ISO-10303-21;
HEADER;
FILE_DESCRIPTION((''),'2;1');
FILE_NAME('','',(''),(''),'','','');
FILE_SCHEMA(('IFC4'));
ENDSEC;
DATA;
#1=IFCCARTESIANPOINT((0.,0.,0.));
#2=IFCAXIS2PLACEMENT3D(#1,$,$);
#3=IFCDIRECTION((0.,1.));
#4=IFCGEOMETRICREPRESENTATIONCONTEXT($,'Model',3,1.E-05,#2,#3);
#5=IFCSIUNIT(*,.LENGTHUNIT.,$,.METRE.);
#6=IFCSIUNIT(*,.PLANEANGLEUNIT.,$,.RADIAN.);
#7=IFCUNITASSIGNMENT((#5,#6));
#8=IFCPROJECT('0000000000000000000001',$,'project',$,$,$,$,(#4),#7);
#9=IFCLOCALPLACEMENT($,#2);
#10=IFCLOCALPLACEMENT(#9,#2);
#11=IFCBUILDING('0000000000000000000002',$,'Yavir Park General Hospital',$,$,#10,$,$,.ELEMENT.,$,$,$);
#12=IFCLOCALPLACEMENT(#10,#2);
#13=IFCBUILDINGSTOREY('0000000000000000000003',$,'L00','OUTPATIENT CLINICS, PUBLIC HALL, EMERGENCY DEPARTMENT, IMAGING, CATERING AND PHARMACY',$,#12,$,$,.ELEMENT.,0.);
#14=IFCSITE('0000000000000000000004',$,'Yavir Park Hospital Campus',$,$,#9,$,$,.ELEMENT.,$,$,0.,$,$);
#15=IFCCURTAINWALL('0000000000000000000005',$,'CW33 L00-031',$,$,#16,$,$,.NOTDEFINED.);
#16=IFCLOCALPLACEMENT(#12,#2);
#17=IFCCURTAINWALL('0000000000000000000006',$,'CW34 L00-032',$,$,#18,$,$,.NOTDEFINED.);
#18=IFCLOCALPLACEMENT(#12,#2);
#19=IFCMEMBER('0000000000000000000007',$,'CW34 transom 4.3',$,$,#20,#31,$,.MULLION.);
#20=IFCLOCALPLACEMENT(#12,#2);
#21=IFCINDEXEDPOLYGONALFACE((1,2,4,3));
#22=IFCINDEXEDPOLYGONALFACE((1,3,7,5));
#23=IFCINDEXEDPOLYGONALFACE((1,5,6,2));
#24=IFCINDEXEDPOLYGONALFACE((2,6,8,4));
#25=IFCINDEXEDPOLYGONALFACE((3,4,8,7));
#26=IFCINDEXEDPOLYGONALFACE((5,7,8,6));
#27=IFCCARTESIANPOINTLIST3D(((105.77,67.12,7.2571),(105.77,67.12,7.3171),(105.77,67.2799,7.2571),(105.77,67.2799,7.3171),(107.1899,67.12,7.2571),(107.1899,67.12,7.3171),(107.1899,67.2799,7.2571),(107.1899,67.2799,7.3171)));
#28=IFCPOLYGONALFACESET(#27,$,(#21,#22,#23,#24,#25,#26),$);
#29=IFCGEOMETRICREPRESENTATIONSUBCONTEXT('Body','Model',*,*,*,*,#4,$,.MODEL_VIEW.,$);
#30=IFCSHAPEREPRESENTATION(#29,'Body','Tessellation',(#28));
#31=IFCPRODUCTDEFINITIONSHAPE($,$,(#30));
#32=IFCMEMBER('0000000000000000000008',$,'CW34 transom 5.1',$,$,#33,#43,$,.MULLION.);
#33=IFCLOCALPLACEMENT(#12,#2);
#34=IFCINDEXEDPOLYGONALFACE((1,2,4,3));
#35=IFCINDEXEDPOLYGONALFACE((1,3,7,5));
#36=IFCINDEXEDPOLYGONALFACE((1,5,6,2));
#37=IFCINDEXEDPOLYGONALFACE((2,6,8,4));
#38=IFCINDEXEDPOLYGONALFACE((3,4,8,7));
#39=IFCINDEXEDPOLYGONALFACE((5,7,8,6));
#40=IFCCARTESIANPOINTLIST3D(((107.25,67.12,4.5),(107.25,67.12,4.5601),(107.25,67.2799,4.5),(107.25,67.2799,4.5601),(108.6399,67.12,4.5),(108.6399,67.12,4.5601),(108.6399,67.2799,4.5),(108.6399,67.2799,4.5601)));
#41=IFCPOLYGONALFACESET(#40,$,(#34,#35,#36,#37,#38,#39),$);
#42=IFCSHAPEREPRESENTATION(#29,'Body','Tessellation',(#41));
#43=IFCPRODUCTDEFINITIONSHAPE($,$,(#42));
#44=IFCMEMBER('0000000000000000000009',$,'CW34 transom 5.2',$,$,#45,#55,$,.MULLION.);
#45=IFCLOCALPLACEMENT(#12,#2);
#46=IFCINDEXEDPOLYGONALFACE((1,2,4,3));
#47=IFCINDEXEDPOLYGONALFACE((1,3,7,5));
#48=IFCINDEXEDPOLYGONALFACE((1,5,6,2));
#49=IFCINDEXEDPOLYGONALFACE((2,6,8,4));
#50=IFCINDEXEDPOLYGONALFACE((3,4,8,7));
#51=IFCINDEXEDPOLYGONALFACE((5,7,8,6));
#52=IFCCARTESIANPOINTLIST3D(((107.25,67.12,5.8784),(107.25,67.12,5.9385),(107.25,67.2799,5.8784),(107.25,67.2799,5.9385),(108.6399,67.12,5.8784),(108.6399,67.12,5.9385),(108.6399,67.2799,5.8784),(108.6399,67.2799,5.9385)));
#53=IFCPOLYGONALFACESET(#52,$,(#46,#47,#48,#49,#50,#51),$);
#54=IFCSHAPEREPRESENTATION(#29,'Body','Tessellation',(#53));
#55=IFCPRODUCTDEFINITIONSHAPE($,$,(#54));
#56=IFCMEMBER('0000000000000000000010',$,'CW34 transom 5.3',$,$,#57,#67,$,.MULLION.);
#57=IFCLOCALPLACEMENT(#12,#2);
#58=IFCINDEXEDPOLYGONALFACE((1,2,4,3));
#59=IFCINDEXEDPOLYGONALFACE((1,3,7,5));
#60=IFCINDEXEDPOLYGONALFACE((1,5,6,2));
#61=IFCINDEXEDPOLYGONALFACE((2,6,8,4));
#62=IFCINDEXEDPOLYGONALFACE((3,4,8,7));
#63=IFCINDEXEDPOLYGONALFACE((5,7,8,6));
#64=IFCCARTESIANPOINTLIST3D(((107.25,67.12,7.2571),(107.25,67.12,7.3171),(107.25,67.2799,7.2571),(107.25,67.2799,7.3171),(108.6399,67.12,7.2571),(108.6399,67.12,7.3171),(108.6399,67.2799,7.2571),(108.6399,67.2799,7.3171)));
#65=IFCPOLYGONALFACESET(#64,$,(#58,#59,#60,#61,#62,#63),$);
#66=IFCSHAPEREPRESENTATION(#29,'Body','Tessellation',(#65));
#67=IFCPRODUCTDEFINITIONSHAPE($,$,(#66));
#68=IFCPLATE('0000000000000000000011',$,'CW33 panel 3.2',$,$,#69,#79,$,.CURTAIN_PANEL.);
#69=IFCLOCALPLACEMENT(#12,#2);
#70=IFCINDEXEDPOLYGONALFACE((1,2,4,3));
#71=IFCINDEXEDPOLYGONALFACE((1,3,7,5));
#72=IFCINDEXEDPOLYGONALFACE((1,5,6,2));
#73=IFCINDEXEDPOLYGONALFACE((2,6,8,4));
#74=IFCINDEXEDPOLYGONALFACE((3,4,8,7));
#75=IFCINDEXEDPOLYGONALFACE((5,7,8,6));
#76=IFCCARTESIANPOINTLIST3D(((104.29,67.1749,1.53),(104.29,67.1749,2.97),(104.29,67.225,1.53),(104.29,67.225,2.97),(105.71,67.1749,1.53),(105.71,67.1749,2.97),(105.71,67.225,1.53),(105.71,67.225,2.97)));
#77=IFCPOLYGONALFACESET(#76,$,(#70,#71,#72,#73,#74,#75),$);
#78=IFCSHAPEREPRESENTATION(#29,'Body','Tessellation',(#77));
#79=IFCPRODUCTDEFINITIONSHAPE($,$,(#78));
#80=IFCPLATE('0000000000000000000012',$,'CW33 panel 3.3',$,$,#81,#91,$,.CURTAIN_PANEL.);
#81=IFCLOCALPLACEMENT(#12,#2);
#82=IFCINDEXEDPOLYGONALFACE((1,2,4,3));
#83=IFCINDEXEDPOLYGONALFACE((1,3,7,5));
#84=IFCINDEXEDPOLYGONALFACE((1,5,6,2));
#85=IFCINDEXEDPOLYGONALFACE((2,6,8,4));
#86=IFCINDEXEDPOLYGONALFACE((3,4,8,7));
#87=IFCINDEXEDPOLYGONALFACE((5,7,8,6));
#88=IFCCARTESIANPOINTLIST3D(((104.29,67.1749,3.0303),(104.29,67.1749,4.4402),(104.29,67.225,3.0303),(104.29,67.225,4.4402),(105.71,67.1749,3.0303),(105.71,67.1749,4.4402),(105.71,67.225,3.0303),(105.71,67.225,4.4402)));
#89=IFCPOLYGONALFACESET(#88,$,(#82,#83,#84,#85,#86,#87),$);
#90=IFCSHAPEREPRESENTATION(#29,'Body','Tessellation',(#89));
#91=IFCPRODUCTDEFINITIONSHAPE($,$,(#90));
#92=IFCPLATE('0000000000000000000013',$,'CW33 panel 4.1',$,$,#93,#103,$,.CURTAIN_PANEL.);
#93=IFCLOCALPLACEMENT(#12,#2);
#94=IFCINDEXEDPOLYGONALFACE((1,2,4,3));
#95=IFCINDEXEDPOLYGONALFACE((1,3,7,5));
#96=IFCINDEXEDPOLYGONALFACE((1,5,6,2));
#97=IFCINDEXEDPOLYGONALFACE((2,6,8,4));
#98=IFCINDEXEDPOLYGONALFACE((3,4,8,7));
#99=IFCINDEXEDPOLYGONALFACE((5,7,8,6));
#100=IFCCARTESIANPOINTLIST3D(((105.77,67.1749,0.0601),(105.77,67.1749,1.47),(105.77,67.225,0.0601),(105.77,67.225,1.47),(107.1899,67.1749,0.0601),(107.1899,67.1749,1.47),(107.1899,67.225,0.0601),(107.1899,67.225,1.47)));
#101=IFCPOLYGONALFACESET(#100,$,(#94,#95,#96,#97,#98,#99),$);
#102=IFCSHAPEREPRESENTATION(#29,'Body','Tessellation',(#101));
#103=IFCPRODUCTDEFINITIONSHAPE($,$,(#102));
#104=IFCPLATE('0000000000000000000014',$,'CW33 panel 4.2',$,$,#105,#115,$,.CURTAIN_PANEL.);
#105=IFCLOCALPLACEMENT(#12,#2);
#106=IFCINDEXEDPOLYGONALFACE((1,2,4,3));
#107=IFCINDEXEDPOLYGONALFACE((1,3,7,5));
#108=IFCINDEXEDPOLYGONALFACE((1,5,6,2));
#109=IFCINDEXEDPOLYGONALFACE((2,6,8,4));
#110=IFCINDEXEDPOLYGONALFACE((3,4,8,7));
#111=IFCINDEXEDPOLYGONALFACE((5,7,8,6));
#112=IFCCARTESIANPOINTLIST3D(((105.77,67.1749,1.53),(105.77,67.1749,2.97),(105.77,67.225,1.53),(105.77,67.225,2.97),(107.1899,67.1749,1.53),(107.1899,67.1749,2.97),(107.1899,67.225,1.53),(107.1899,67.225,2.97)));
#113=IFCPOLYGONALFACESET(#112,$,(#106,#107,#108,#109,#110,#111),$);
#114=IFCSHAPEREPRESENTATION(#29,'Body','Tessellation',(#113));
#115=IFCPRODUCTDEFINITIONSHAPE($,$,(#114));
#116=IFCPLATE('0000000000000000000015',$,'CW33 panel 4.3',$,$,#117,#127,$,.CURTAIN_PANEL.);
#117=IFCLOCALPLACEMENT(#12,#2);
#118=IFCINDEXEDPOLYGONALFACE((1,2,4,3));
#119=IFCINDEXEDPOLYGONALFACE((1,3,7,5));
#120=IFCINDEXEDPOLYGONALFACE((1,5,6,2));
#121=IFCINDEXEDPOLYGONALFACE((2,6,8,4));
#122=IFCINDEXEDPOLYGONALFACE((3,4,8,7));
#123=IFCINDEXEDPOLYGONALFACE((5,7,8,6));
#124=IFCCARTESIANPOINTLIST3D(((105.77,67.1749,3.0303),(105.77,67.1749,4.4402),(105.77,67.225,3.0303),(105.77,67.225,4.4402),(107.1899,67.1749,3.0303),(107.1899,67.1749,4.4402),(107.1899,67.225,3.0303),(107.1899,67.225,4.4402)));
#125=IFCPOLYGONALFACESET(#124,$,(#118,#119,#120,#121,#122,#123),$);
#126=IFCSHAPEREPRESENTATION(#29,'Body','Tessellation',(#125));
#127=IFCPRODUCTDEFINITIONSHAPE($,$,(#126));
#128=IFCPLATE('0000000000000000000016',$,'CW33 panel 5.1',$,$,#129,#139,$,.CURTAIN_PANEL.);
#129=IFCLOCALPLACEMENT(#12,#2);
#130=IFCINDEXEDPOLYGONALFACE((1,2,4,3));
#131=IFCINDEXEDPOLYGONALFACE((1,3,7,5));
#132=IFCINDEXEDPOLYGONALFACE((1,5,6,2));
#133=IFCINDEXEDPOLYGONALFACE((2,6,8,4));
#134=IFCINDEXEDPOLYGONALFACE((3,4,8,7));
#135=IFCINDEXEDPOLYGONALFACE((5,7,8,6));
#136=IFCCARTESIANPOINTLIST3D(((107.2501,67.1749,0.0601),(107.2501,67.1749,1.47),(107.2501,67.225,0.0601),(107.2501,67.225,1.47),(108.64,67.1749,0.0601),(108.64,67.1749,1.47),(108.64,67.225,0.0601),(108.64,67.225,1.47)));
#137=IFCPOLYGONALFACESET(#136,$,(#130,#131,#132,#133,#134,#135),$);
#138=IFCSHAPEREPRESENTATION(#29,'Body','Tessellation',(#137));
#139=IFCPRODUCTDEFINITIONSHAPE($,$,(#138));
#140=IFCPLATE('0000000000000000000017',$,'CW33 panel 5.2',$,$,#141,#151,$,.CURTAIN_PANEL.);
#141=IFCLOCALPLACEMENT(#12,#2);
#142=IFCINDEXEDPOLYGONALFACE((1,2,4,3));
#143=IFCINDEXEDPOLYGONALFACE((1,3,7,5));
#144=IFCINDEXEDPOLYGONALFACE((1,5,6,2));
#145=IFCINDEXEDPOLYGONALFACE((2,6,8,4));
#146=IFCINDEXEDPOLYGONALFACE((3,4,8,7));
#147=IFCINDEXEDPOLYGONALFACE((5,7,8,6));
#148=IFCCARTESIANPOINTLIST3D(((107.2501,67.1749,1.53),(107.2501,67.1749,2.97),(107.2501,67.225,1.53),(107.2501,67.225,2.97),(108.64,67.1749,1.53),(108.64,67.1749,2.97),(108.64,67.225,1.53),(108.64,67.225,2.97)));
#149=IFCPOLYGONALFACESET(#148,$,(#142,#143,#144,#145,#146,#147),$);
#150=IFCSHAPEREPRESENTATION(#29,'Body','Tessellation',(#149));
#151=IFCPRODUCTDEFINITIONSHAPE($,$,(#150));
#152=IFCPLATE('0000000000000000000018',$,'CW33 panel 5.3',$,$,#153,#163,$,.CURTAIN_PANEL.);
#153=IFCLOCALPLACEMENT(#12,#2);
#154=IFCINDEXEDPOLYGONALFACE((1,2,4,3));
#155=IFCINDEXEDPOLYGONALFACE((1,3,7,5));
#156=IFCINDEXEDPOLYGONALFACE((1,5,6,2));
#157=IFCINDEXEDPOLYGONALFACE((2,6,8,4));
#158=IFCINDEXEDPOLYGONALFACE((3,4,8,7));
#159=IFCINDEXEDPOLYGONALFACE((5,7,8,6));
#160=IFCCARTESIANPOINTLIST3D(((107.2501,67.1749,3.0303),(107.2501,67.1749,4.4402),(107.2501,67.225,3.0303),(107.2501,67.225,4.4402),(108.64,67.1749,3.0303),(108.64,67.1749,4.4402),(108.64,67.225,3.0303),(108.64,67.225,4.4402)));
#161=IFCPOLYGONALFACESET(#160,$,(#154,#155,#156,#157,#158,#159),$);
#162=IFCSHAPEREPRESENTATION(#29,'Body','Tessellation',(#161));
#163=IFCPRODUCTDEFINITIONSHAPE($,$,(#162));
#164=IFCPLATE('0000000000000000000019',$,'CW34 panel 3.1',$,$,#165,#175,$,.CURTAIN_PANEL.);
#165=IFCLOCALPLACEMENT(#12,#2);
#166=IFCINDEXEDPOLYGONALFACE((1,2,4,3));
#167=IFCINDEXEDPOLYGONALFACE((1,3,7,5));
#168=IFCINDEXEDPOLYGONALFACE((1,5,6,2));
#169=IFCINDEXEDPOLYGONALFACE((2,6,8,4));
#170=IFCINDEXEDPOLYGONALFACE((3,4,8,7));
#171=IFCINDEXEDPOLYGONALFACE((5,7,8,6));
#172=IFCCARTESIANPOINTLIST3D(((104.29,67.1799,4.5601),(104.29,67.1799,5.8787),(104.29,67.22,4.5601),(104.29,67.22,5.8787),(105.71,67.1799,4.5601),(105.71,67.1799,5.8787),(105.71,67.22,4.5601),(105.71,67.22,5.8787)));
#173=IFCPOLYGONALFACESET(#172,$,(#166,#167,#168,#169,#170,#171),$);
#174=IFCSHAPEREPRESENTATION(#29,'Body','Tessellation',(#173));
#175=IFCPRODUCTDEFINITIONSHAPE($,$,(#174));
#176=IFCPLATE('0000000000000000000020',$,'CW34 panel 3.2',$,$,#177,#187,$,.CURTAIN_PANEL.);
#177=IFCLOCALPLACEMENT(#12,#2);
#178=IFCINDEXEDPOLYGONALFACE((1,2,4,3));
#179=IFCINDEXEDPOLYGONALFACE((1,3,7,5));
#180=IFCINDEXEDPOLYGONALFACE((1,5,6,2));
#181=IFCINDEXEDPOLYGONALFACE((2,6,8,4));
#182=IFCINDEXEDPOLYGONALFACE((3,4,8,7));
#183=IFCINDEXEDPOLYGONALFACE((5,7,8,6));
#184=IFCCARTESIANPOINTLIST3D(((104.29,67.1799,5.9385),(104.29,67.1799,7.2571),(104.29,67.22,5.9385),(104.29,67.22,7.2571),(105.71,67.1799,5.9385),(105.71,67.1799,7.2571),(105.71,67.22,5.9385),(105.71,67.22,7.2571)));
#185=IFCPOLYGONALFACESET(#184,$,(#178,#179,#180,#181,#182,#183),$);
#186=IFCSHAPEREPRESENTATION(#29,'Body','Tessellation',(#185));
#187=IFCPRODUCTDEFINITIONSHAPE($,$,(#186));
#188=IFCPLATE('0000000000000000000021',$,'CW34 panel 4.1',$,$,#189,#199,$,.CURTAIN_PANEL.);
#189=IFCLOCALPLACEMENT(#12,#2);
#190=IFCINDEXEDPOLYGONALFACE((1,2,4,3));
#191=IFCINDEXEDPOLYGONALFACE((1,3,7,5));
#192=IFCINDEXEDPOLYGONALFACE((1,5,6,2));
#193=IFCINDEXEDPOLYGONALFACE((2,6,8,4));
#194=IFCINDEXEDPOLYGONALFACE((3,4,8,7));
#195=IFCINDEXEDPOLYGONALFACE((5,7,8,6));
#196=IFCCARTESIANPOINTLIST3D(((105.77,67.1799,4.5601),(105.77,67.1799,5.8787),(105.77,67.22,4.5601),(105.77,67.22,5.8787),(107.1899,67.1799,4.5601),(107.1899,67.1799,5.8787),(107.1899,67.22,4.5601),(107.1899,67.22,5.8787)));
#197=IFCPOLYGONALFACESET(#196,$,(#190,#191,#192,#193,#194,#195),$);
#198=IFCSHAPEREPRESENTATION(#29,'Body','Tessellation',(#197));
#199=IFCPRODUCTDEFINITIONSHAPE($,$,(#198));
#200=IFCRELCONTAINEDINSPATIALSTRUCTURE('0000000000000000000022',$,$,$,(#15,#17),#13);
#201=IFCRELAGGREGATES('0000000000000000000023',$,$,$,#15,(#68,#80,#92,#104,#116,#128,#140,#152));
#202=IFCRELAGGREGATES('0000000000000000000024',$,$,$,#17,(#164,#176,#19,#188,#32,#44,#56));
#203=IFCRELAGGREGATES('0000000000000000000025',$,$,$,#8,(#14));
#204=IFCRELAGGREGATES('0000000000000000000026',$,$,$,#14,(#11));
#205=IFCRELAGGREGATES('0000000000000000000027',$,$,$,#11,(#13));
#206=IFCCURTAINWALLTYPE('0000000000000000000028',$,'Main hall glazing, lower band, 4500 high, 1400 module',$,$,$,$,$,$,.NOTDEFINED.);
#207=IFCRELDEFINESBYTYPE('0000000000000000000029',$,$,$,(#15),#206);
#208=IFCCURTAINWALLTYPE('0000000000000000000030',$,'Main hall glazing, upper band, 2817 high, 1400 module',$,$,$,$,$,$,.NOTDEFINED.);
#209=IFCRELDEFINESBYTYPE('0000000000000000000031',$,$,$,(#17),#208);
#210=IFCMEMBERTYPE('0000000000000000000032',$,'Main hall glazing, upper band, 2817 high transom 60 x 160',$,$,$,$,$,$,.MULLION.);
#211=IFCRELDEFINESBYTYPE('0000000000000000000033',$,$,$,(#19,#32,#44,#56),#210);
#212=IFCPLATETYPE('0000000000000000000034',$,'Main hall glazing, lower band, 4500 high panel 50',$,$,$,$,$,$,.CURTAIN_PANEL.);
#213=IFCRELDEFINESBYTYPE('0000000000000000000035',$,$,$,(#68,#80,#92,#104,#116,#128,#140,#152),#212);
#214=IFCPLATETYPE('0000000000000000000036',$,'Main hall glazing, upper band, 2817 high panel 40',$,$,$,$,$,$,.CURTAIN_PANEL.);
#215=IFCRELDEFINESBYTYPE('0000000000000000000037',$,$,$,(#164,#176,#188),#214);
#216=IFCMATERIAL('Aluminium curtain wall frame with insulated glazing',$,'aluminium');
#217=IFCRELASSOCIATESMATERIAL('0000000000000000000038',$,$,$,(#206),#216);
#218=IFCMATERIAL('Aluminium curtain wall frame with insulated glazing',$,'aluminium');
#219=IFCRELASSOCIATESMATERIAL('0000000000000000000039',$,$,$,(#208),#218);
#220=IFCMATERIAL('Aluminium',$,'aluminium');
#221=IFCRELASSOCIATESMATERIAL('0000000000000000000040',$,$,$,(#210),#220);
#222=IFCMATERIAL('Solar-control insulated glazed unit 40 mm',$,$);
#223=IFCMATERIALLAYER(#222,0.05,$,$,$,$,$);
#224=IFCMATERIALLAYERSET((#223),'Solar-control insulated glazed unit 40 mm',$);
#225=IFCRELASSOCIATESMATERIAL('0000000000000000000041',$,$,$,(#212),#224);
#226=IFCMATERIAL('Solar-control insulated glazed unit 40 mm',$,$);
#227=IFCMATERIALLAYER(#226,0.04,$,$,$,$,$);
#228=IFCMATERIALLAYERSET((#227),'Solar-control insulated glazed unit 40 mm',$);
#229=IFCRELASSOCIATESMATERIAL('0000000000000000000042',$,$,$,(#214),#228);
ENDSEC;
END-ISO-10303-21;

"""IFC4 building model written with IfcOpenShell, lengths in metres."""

from ifc_helpers import new_model, si_unit, direction, frame, origin, origin_2d, place, context, subcontext, project, spatial, rectangle, extrude, material, layer, layer_set, material_profile, profile_set, type_object, element, aggregate, save


model = new_model("IFC4")

# Units and contexts
model_context = context("Model", 3, precision=1e-05, world=origin(), true_north=direction((0.0, 1.0)))
body_context = subcontext(model_context, "Body", "Model", "MODEL_VIEW")
ifc_project = project(units=[si_unit("LENGTHUNIT", "METRE"), si_unit("PLANEANGLEUNIT", "RADIAN")], contexts=[model_context])

# Site, building, storey
site_placement = place(None, origin())
site = spatial("IfcSite", under=ifc_project, at=site_placement, Name="Yavir Park Hospital Campus", CompositionType="ELEMENT", RefElevation=0.0)
building_placement = place(site_placement, origin())
building = spatial("IfcBuilding", under=site, at=building_placement, Name="Yavir Park General Hospital", CompositionType="ELEMENT")
storey_placement = place(building_placement, origin())
storey = spatial("IfcBuildingStorey", under=building, at=storey_placement, Name="L00", Description="OUTPATIENT CLINICS, PUBLIC HALL, EMERGENCY DEPARTMENT, IMAGING, CATERING AND PHARMACY", CompositionType="ELEMENT", Elevation=0.0)

# Curtain walls, members
ifc_material_1 = material(Name="Aluminium curtain wall frame with insulated glazing", Category="aluminium")
curtain_wall_type_1 = type_object("IfcCurtainWallType", Name="Main hall glazing, lower band, 4500 high, 1400 module", PredefinedType="NOTDEFINED", material=ifc_material_1)
curtain_wall_1_placement = place(storey_placement, origin())
curtain_wall_1 = element("IfcCurtainWall", 1, at=curtain_wall_1_placement, inside=storey, type_object=curtain_wall_type_1, Name="CW33 L00-031", PredefinedType="NOTDEFINED")
ifc_material_2 = material(Name="Aluminium curtain wall frame with insulated glazing", Category="aluminium")
curtain_wall_type_2 = type_object("IfcCurtainWallType", Name="Main hall glazing, upper band, 2817 high, 1400 module", PredefinedType="NOTDEFINED", material=ifc_material_2)
curtain_wall_2_placement = place(storey_placement, origin())
curtain_wall_2 = element("IfcCurtainWall", 2, at=curtain_wall_2_placement, inside=storey, type_object=curtain_wall_type_2, Name="CW34 L00-032", PredefinedType="NOTDEFINED")
ifc_material_3 = material(Name="Aluminium", Category="aluminium")
ifc_material_profile_1 = material_profile(ifc_material_3, rectangle(XDim=0.1599, YDim=0.0601, at=origin_2d()), Name="AL 160x60")
ifc_profile_set_1 = profile_set([ifc_material_profile_1], Name="Aluminium")
member_type_1 = type_object("IfcMemberType", Name="Main hall glazing, upper band, 2817 high transom 60 x 160", PredefinedType="MULLION", material=ifc_profile_set_1)
member_1_placement = place(storey_placement, frame((105.77, 67.2, 7.2871), z_axis=(1.0, 0.0, 0.0), x_axis=(0.0, 1.0, 0.0)))
member_1 = element("IfcMember", 3, at=member_1_placement, type_object=member_type_1, Name="CW34 transom 4.3", PredefinedType="MULLION", context=body_context, shape_type="SweptSolid", body=[
    extrude(rectangle(XDim=0.1599, YDim=0.0601, at=origin_2d()), origin(), (0.0, 0.0, 1.0), 1.4199),
])
member_2_placement = place(storey_placement, frame((107.25, 67.2, 4.53), z_axis=(1.0, 0.0, 0.0), x_axis=(0.0, 1.0, 0.0)))
member_2 = element("IfcMember", 4, at=member_2_placement, type_object=member_type_1, Name="CW34 transom 5.1", PredefinedType="MULLION", context=body_context, shape_type="SweptSolid", body=[
    extrude(rectangle(XDim=0.1599, YDim=0.0601, at=origin_2d()), origin(), (0.0, 0.0, 1.0), 1.3899),
])
member_3_placement = place(storey_placement, frame((107.25, 67.2, 5.9084), z_axis=(1.0, 0.0, 0.0), x_axis=(0.0, 1.0, 0.0)))
member_3 = element("IfcMember", 5, at=member_3_placement, type_object=member_type_1, Name="CW34 transom 5.2", PredefinedType="MULLION", context=body_context, shape_type="SweptSolid", body=[
    extrude(rectangle(XDim=0.1599, YDim=0.0601, at=origin_2d()), origin(), (0.0, 0.0, 1.0), 1.3899),
])
member_4_placement = place(storey_placement, frame((107.25, 67.2, 7.2871), z_axis=(1.0, 0.0, 0.0), x_axis=(0.0, 1.0, 0.0)))
member_4 = element("IfcMember", 6, at=member_4_placement, type_object=member_type_1, Name="CW34 transom 5.3", PredefinedType="MULLION", context=body_context, shape_type="SweptSolid", body=[
    extrude(rectangle(XDim=0.1599, YDim=0.0601, at=origin_2d()), origin(), (0.0, 0.0, 1.0), 1.3899),
])

# Plates
ifc_material_4 = material(Name="Solar-control insulated glazed unit 40 mm")
ifc_layer_1 = layer(ifc_material_4, 0.05)
ifc_layer_set_1 = layer_set([ifc_layer_1], Name="Solar-control insulated glazed unit 40 mm")
plate_type_1 = type_object("IfcPlateType", Name="Main hall glazing, lower band, 4500 high panel 50", PredefinedType="CURTAIN_PANEL", material=ifc_layer_set_1)
plate_1_placement = place(storey_placement, frame((105.0, 67.2, 1.53), z_axis=(0.0, 0.0, 1.0), x_axis=(1.0, 0.0, 0.0)))
plate_1 = element("IfcPlate", 7, at=plate_1_placement, type_object=plate_type_1, Name="CW33 panel 3.2", PredefinedType="CURTAIN_PANEL", context=body_context, shape_type="SweptSolid", body=[
    extrude(rectangle(XDim=1.4199, YDim=0.05, at=origin_2d()), origin(), (0.0, 0.0, 1.0), 1.4399),
])
plate_2_placement = place(storey_placement, frame((105.0, 67.2, 3.0303), z_axis=(0.0, 0.0, 1.0), x_axis=(1.0, 0.0, 0.0)))
plate_2 = element("IfcPlate", 8, at=plate_2_placement, type_object=plate_type_1, Name="CW33 panel 3.3", PredefinedType="CURTAIN_PANEL", context=body_context, shape_type="SweptSolid", body=[
    extrude(rectangle(XDim=1.4199, YDim=0.05, at=origin_2d()), origin(), (0.0, 0.0, 1.0), 1.4099),
])
plate_3_placement = place(storey_placement, frame((106.48, 67.2, 0.0601), z_axis=(0.0, 0.0, 1.0), x_axis=(1.0, 0.0, 0.0)))
plate_3 = element("IfcPlate", 9, at=plate_3_placement, type_object=plate_type_1, Name="CW33 panel 4.1", PredefinedType="CURTAIN_PANEL", context=body_context, shape_type="SweptSolid", body=[
    extrude(rectangle(XDim=1.4199, YDim=0.05, at=origin_2d()), origin(), (0.0, 0.0, 1.0), 1.4099),
])
plate_4_placement = place(storey_placement, frame((106.48, 67.2, 1.53), z_axis=(0.0, 0.0, 1.0), x_axis=(1.0, 0.0, 0.0)))
plate_4 = element("IfcPlate", 10, at=plate_4_placement, type_object=plate_type_1, Name="CW33 panel 4.2", PredefinedType="CURTAIN_PANEL", context=body_context, shape_type="SweptSolid", body=[
    extrude(rectangle(XDim=1.4199, YDim=0.05, at=origin_2d()), origin(), (0.0, 0.0, 1.0), 1.4399),
])
plate_5_placement = place(storey_placement, frame((106.48, 67.2, 3.0303), z_axis=(0.0, 0.0, 1.0), x_axis=(1.0, 0.0, 0.0)))
plate_5 = element("IfcPlate", 11, at=plate_5_placement, type_object=plate_type_1, Name="CW33 panel 4.3", PredefinedType="CURTAIN_PANEL", context=body_context, shape_type="SweptSolid", body=[
    extrude(rectangle(XDim=1.4199, YDim=0.05, at=origin_2d()), origin(), (0.0, 0.0, 1.0), 1.4099),
])
plate_6_placement = place(storey_placement, frame((107.9451, 67.2, 0.0601), z_axis=(0.0, 0.0, 1.0), x_axis=(1.0, 0.0, 0.0)))
plate_6 = element("IfcPlate", 12, at=plate_6_placement, type_object=plate_type_1, Name="CW33 panel 5.1", PredefinedType="CURTAIN_PANEL", context=body_context, shape_type="SweptSolid", body=[
    extrude(rectangle(XDim=1.3899, YDim=0.05, at=origin_2d()), origin(), (0.0, 0.0, 1.0), 1.4099),
])
plate_7_placement = place(storey_placement, frame((107.9451, 67.2, 1.53), z_axis=(0.0, 0.0, 1.0), x_axis=(1.0, 0.0, 0.0)))
plate_7 = element("IfcPlate", 13, at=plate_7_placement, type_object=plate_type_1, Name="CW33 panel 5.2", PredefinedType="CURTAIN_PANEL", context=body_context, shape_type="SweptSolid", body=[
    extrude(rectangle(XDim=1.3899, YDim=0.05, at=origin_2d()), origin(), (0.0, 0.0, 1.0), 1.4399),
])
plate_8_placement = place(storey_placement, frame((107.9451, 67.2, 3.0303), z_axis=(0.0, 0.0, 1.0), x_axis=(1.0, 0.0, 0.0)))
plate_8 = element("IfcPlate", 14, at=plate_8_placement, type_object=plate_type_1, Name="CW33 panel 5.3", PredefinedType="CURTAIN_PANEL", context=body_context, shape_type="SweptSolid", body=[
    extrude(rectangle(XDim=1.3899, YDim=0.05, at=origin_2d()), origin(), (0.0, 0.0, 1.0), 1.4099),
])
aggregate(curtain_wall_1, [plate_1, plate_2, plate_3, plate_4, plate_5, plate_6, plate_7, plate_8])
ifc_material_5 = material(Name="Solar-control insulated glazed unit 40 mm")
ifc_layer_2 = layer(ifc_material_5, 0.04)
ifc_layer_set_2 = layer_set([ifc_layer_2], Name="Solar-control insulated glazed unit 40 mm")
plate_type_2 = type_object("IfcPlateType", Name="Main hall glazing, upper band, 2817 high panel 40", PredefinedType="CURTAIN_PANEL", material=ifc_layer_set_2)
plate_9_placement = place(storey_placement, frame((105.0, 67.2, 4.5601), z_axis=(0.0, 0.0, 1.0), x_axis=(1.0, 0.0, 0.0)))
plate_9 = element("IfcPlate", 15, at=plate_9_placement, type_object=plate_type_2, Name="CW34 panel 3.1", PredefinedType="CURTAIN_PANEL", context=body_context, shape_type="SweptSolid", body=[
    extrude(rectangle(XDim=1.4199, YDim=0.04, at=origin_2d()), origin(), (0.0, 0.0, 1.0), 1.3186),
])
plate_10_placement = place(storey_placement, frame((105.0, 67.2, 5.9385), z_axis=(0.0, 0.0, 1.0), x_axis=(1.0, 0.0, 0.0)))
plate_10 = element("IfcPlate", 16, at=plate_10_placement, type_object=plate_type_2, Name="CW34 panel 3.2", PredefinedType="CURTAIN_PANEL", context=body_context, shape_type="SweptSolid", body=[
    extrude(rectangle(XDim=1.4199, YDim=0.04, at=origin_2d()), origin(), (0.0, 0.0, 1.0), 1.3186),
])
plate_11_placement = place(storey_placement, frame((106.48, 67.2, 4.5601), z_axis=(0.0, 0.0, 1.0), x_axis=(1.0, 0.0, 0.0)))
plate_11 = element("IfcPlate", 17, at=plate_11_placement, type_object=plate_type_2, Name="CW34 panel 4.1", PredefinedType="CURTAIN_PANEL", context=body_context, shape_type="SweptSolid", body=[
    extrude(rectangle(XDim=1.4199, YDim=0.04, at=origin_2d()), origin(), (0.0, 0.0, 1.0), 1.3186),
])
aggregate(curtain_wall_2, [plate_9, plate_10, member_1, plate_11, member_2, member_3, member_4])

save(model, "model.ifc")
